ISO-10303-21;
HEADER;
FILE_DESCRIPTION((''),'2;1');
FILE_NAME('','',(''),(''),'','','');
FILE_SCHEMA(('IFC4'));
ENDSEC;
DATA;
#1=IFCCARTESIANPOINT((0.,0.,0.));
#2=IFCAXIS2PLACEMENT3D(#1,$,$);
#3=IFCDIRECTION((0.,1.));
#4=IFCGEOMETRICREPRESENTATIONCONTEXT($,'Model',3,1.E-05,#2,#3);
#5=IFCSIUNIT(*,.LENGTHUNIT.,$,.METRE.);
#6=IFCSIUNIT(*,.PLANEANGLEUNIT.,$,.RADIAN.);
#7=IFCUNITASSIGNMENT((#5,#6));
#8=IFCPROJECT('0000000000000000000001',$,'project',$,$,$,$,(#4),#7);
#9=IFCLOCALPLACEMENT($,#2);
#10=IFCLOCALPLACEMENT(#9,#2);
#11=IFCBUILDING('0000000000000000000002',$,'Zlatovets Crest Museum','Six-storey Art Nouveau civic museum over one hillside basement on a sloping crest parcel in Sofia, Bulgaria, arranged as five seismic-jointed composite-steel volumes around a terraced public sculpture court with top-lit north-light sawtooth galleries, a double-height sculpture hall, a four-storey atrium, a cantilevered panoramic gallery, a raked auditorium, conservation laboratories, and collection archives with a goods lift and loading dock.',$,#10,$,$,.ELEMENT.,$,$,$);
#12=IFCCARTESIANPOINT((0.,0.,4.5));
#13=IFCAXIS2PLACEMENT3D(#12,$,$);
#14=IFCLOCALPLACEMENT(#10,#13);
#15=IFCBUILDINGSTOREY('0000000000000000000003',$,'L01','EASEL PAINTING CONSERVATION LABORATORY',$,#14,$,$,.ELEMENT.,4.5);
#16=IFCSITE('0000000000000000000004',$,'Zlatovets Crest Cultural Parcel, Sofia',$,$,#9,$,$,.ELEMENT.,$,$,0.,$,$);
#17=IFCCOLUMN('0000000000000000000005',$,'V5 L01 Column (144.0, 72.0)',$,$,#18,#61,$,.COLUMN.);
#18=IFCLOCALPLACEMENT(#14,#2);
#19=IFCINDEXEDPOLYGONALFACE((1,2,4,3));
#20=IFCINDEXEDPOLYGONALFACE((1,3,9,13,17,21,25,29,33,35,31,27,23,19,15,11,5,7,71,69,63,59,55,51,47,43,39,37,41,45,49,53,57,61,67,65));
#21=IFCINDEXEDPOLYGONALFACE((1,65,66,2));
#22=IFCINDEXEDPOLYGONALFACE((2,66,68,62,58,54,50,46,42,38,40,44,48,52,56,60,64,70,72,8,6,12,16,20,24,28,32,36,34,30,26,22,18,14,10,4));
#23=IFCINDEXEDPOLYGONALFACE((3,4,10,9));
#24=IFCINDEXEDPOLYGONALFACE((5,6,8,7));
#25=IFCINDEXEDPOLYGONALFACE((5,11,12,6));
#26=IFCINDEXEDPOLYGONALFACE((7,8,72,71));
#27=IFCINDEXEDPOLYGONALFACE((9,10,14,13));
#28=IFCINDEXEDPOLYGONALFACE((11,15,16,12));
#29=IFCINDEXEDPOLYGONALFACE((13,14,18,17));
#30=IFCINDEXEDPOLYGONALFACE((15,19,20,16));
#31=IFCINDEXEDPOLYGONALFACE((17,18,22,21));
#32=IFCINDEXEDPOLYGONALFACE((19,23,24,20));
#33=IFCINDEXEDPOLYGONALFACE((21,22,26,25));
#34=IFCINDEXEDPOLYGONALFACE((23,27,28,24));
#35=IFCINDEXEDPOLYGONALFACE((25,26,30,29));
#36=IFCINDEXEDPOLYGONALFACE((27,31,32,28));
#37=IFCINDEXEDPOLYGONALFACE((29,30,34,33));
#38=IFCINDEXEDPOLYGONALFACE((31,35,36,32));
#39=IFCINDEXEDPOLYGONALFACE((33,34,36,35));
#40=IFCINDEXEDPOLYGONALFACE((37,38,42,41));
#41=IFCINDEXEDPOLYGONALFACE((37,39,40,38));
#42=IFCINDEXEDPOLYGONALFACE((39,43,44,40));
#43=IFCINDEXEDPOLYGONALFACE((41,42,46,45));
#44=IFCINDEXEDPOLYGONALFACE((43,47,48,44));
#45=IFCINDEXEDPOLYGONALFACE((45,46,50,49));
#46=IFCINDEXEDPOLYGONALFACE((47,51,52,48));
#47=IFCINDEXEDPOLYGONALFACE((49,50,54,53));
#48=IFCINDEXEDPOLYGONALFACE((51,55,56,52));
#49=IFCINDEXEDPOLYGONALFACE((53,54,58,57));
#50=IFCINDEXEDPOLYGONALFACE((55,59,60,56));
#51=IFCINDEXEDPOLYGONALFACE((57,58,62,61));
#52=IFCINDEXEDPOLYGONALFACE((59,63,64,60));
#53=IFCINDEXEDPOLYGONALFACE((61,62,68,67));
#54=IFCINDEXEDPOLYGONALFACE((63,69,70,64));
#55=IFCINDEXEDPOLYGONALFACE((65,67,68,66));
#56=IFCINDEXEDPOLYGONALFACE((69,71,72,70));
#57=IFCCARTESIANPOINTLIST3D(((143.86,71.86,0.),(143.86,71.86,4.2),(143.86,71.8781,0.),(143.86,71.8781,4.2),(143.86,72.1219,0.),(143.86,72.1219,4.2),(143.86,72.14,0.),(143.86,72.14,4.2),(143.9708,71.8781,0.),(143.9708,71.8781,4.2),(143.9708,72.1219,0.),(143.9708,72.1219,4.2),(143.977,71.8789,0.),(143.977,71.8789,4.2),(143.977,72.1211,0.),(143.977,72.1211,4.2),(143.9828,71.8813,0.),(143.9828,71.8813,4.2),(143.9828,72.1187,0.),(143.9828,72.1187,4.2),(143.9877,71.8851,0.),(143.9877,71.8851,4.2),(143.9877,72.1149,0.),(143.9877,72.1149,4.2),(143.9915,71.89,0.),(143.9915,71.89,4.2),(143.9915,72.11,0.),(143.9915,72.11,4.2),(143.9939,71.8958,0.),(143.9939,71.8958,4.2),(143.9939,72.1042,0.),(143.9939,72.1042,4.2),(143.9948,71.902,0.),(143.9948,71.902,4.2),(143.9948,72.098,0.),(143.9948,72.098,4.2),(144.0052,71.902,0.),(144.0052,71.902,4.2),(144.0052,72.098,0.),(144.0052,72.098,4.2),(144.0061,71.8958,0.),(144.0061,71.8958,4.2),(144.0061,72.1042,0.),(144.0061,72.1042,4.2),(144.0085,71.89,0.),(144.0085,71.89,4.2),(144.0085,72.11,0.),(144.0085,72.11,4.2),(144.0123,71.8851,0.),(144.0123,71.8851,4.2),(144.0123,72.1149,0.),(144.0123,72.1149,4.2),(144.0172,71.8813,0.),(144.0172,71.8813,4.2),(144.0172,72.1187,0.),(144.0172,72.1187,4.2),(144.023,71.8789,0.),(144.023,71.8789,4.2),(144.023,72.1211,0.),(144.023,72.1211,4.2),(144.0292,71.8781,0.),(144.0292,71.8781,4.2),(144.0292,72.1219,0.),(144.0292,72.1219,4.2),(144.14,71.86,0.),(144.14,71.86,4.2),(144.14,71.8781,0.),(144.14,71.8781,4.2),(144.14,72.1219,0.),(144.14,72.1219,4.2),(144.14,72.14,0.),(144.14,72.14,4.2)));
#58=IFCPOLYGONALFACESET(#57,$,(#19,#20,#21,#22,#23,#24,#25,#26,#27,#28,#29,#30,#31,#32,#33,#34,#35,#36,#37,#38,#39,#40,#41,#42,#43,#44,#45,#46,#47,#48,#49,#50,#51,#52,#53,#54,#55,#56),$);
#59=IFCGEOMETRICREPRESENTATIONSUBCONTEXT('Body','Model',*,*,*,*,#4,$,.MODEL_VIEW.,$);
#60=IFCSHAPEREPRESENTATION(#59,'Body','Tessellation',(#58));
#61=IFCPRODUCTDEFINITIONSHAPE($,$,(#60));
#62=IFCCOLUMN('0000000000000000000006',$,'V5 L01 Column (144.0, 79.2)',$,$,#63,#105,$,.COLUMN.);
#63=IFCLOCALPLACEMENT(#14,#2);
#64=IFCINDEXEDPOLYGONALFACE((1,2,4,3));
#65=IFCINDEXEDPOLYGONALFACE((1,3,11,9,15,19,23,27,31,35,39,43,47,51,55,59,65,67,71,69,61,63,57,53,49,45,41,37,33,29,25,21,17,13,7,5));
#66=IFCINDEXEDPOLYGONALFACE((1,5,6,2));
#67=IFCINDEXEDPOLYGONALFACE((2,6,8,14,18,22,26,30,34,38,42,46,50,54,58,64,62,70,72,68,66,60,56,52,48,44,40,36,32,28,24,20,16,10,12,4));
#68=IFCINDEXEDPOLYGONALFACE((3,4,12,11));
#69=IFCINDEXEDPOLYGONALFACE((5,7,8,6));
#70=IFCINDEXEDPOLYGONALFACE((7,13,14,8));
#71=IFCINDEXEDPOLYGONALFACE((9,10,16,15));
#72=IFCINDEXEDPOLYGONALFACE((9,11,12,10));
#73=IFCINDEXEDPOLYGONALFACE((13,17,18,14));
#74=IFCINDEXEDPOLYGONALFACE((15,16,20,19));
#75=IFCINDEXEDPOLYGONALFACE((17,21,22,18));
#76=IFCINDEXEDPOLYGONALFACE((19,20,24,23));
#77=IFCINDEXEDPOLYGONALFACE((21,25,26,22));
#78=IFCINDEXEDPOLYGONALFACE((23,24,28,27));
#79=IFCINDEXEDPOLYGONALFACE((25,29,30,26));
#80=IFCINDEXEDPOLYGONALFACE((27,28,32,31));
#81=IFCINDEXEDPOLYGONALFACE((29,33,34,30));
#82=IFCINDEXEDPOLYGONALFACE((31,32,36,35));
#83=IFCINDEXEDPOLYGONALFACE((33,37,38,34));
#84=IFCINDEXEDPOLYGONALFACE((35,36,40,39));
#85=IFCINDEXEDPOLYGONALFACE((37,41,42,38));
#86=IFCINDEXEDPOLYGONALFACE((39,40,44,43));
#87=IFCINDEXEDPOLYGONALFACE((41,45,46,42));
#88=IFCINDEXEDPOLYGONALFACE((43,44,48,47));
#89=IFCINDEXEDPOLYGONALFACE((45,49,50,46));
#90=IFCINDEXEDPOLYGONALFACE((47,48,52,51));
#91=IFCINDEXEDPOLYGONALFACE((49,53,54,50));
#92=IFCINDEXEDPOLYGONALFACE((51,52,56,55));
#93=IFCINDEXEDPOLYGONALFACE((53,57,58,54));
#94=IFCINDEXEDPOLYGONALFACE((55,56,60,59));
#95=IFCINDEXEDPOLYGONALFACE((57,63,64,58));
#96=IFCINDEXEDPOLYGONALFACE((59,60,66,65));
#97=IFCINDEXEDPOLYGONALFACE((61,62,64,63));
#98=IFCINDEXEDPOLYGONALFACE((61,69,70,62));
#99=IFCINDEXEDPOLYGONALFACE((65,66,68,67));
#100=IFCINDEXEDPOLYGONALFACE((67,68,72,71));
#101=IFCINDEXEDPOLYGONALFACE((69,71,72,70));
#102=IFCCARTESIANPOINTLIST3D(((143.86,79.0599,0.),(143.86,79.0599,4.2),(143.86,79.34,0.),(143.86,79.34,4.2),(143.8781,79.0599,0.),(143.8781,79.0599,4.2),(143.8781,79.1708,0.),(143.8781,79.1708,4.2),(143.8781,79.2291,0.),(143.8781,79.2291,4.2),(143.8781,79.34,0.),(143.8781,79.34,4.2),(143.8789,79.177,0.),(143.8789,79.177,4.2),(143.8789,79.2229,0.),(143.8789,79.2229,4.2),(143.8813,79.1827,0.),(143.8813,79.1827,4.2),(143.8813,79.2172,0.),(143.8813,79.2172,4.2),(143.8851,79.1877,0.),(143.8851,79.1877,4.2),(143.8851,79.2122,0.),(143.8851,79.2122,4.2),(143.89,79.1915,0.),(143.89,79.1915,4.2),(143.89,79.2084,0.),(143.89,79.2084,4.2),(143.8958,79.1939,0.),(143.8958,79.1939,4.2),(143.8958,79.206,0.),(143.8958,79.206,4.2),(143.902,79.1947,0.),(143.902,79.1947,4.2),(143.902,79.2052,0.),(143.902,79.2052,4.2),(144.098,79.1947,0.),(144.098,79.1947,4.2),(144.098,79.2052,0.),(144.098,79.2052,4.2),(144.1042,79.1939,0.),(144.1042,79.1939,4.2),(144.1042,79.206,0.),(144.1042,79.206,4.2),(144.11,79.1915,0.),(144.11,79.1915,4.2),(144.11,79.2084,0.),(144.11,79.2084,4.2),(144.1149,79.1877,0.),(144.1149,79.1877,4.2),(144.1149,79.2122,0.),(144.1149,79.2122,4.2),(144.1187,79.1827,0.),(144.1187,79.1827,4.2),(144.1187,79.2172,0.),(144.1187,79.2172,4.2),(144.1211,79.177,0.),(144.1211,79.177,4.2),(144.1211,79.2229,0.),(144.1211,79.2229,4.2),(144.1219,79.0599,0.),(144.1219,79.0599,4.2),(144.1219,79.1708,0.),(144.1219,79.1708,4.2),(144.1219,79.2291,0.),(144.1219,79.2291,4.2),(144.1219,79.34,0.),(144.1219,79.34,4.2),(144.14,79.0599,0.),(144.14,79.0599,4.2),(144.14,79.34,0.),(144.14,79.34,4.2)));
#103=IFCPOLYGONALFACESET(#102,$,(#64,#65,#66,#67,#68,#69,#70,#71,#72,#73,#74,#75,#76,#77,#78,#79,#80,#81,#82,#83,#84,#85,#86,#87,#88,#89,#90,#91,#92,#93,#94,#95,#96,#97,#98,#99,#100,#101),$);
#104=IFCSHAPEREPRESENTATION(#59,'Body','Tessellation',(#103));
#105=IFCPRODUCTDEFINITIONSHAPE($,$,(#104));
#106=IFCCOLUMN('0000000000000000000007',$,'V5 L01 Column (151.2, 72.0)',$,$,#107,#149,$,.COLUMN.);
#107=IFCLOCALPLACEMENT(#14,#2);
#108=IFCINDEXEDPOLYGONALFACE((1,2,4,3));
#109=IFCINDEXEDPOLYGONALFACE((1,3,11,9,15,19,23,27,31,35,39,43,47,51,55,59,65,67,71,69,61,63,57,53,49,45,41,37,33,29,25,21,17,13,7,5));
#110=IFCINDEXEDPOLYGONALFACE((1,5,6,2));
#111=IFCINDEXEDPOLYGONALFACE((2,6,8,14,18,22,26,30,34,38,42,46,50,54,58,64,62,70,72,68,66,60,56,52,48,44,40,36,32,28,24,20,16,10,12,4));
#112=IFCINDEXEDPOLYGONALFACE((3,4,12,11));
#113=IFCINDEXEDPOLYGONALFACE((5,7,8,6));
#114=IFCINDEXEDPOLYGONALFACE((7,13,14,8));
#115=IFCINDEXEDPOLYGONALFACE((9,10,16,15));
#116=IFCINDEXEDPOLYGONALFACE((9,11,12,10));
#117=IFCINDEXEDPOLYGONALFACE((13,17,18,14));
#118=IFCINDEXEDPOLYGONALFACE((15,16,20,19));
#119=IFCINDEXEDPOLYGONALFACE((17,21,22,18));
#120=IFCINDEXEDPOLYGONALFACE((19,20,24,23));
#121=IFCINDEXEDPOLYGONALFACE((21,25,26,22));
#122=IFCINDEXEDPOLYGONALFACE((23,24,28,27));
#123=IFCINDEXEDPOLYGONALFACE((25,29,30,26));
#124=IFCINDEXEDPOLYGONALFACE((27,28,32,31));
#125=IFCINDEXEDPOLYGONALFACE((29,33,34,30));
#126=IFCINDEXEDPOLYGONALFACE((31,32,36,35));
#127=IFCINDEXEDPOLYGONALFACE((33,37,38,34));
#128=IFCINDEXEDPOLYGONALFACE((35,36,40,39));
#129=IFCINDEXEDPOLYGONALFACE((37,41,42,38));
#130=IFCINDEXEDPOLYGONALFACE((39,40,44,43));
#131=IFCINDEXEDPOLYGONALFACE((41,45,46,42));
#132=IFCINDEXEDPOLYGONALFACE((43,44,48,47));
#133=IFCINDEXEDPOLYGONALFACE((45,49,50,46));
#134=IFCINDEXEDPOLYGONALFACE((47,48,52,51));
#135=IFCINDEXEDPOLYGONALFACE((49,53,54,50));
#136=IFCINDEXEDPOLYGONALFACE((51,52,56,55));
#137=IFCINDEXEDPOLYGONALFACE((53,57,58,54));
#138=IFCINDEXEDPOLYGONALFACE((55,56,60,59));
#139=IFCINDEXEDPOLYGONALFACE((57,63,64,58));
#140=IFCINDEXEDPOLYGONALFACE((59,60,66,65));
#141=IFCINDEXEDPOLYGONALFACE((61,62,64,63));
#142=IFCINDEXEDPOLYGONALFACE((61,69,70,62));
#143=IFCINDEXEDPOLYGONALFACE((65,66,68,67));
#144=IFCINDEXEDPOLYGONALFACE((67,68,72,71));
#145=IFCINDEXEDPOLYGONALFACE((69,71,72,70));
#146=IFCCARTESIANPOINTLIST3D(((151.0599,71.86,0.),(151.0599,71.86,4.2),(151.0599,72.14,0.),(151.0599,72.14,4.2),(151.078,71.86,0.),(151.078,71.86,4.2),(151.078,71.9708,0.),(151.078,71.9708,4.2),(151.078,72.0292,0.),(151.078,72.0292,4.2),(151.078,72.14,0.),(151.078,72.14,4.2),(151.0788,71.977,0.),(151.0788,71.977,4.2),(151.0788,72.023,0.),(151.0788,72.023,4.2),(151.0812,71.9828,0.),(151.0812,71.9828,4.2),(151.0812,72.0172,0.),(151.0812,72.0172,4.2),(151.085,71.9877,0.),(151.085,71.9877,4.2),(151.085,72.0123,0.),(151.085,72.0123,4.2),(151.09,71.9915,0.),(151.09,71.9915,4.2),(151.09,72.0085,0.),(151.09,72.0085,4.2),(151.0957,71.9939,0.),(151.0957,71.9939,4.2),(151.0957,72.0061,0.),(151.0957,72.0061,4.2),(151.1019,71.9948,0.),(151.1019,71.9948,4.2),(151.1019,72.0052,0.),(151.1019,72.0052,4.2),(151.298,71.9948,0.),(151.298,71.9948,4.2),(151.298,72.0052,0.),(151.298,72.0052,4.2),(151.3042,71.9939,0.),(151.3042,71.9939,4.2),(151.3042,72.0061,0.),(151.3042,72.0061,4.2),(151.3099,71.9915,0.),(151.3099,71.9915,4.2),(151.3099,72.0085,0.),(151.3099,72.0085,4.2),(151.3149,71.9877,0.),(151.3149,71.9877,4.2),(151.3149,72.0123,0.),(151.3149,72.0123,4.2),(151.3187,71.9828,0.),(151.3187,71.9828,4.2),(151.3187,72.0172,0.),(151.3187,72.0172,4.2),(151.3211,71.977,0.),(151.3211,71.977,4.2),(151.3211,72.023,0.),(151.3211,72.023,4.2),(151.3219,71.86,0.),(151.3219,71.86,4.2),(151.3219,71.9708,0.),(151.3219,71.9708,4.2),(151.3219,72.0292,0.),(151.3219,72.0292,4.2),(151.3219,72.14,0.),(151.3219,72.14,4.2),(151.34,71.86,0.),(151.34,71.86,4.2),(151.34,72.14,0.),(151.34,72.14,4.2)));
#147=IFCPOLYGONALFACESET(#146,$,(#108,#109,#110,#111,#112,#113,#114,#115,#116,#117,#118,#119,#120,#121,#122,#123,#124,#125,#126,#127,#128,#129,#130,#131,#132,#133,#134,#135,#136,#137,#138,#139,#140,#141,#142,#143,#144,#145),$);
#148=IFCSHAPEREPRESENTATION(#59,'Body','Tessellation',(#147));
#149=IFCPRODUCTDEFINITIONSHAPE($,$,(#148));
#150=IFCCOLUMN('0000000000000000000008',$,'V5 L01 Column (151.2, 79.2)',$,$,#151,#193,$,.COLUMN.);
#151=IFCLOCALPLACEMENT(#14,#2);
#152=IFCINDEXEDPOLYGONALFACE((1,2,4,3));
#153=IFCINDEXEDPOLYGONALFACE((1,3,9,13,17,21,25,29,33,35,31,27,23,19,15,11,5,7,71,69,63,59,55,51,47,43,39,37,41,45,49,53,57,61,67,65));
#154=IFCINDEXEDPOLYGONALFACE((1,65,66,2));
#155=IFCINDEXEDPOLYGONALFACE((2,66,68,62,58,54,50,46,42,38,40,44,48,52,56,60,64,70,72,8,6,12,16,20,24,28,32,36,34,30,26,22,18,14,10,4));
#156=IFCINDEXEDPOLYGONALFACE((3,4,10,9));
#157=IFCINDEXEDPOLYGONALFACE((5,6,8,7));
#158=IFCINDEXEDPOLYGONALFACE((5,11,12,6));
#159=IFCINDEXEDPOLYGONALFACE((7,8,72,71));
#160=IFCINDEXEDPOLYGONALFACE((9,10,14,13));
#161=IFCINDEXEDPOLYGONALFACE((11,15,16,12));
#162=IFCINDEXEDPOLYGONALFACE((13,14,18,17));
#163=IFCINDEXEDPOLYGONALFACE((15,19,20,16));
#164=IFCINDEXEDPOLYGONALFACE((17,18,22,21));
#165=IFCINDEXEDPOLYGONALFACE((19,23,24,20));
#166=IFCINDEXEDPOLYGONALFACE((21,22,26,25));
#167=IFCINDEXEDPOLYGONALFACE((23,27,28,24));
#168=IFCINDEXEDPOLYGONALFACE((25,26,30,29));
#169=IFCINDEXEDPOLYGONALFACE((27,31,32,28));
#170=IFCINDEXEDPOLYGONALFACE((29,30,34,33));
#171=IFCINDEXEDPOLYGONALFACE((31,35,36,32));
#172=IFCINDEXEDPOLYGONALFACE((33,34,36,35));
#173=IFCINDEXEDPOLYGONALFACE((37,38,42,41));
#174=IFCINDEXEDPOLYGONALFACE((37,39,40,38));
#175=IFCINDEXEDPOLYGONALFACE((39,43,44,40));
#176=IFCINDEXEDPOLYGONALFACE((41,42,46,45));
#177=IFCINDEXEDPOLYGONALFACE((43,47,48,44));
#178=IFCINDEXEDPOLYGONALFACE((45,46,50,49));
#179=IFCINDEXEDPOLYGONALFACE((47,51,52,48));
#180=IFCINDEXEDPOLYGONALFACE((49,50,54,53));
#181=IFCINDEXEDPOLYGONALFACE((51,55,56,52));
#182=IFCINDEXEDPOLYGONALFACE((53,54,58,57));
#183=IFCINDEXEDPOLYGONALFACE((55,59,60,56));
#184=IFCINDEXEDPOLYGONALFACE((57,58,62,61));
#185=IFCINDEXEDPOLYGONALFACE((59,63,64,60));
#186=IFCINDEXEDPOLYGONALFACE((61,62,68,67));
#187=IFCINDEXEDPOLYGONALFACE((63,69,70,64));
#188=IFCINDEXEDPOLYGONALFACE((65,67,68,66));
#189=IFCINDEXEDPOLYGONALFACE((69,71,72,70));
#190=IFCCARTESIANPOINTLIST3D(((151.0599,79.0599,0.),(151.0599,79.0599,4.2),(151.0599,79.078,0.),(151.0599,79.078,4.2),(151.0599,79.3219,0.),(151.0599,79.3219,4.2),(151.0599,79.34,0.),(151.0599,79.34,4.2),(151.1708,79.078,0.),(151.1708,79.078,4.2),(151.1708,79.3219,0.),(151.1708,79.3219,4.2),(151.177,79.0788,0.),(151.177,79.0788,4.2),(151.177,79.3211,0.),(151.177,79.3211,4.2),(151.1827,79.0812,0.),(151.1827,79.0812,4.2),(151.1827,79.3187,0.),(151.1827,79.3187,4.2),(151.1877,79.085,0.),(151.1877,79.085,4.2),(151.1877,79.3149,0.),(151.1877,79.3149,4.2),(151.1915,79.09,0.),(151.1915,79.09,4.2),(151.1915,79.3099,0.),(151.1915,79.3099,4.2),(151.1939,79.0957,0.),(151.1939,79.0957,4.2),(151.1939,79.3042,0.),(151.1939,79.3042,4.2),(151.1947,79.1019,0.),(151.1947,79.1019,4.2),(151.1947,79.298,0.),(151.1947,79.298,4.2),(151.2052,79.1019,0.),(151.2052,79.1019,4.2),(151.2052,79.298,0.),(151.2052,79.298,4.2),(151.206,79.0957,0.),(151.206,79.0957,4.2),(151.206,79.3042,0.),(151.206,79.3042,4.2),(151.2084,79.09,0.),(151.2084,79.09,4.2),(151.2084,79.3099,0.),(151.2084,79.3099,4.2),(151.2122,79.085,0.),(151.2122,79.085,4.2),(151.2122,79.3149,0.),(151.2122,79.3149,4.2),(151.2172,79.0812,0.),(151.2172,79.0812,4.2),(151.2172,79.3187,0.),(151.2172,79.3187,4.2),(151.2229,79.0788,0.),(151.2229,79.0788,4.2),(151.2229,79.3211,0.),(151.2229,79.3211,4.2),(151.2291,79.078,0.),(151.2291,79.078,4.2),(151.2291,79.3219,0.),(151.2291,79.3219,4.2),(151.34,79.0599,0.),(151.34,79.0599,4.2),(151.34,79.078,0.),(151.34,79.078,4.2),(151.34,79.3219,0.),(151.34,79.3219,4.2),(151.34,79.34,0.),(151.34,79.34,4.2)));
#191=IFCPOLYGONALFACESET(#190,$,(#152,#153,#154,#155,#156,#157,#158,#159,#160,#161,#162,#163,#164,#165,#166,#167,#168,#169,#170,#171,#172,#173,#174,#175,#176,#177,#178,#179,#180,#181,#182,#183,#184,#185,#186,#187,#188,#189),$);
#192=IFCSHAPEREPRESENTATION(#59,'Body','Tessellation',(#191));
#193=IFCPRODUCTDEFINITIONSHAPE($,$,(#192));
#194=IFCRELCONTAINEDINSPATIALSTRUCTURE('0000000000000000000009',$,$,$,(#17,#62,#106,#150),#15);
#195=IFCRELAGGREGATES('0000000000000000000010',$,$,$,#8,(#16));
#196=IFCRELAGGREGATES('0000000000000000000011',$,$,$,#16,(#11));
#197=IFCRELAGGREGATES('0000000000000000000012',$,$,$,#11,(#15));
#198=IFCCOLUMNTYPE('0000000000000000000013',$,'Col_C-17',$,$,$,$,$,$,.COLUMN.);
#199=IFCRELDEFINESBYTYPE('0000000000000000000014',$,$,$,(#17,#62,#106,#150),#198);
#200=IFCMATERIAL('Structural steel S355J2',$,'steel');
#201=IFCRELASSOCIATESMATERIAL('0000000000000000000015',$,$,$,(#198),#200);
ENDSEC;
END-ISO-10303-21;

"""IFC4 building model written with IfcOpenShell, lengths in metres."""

from ifc_helpers import new_model, si_unit, direction, frame, origin, origin_2d, place, context, subcontext, project, spatial, i_section, extrude, material, material_profile, profile_set, type_object, element, save


model = new_model("IFC4")

# Units and contexts
model_context = context("Model", 3, precision=1e-05, world=origin(), true_north=direction((0.0, 1.0)))
body_context = subcontext(model_context, "Body", "Model", "MODEL_VIEW")
ifc_project = project(units=[si_unit("LENGTHUNIT", "METRE"), si_unit("PLANEANGLEUNIT", "RADIAN")], contexts=[model_context])

# Site, building, storey
site_placement = place(None, origin())
site = spatial("IfcSite", under=ifc_project, at=site_placement, Name="Zlatovets Crest Cultural Parcel, Sofia", CompositionType="ELEMENT", RefElevation=0.0)
building_placement = place(site_placement, origin())
building = spatial("IfcBuilding", under=site, at=building_placement, Name="Zlatovets Crest Museum", Description="Six-storey Art Nouveau civic museum over one hillside basement on a sloping crest parcel in Sofia, Bulgaria, arranged as five seismic-jointed composite-steel volumes around a terraced public sculpture court with top-lit north-light sawtooth galleries, a double-height sculpture hall, a four-storey atrium, a cantilevered panoramic gallery, a raked auditorium, conservation laboratories, and collection archives with a goods lift and loading dock.", CompositionType="ELEMENT")
storey_placement = place(building_placement, frame((0.0, 0.0, 4.5)))
storey = spatial("IfcBuildingStorey", under=building, at=storey_placement, Name="L01", Description="EASEL PAINTING CONSERVATION LABORATORY", CompositionType="ELEMENT", Elevation=4.5)

# Columns
ifc_material_1 = material(Name="Structural steel S355J2", Category="steel")
ifc_material_profile_1 = material_profile(ifc_material_1, i_section(OverallWidth=0.28, OverallDepth=0.28, WebThickness=0.0105, FlangeThickness=0.0181, FilletRadius=0.0239, at=origin_2d()), Name="HEB 280")
ifc_profile_set_1 = profile_set([ifc_material_profile_1], Name="Structural steel S355J2")
column_type = type_object("IfcColumnType", Name="Col_C-17", PredefinedType="COLUMN", material=ifc_profile_set_1)
for number, where, z_axis, x_axis, name in (
    (1, (144.0, 72.0, 0.0), (0.0, 0.0, 1.0), (1.0, 0.0, 0.0), "V5 L01 Column (144.0, 72.0)"),
    (2, (144.0, 79.2, 0.0), (0.0, 0.0, 1.0), (0.0, 1.0, 0.0), "V5 L01 Column (144.0, 79.2)"),
    (3, (151.2, 72.0, 0.0), (0.0, 0.0, 1.0), (0.0, 1.0, 0.0), "V5 L01 Column (151.2, 72.0)"),
    (4, (151.2, 79.2, 0.0), (0.0, 0.0, 1.0), (1.0, 0.0, 0.0), "V5 L01 Column (151.2, 79.2)"),
):
    element("IfcColumn", number, at=place(storey_placement, frame(where, z_axis=z_axis, x_axis=x_axis)), inside=storey, type_object=column_type, Name=name, PredefinedType="COLUMN", context=body_context, shape_type="SweptSolid", body=[
        extrude(i_section(OverallWidth=0.28, OverallDepth=0.28, WebThickness=0.0105, FlangeThickness=0.0181, FilletRadius=0.0239, at=origin_2d()), origin(), (0.0, 0.0, 1.0), 4.2),
    ])

save(model, "model.ifc")
